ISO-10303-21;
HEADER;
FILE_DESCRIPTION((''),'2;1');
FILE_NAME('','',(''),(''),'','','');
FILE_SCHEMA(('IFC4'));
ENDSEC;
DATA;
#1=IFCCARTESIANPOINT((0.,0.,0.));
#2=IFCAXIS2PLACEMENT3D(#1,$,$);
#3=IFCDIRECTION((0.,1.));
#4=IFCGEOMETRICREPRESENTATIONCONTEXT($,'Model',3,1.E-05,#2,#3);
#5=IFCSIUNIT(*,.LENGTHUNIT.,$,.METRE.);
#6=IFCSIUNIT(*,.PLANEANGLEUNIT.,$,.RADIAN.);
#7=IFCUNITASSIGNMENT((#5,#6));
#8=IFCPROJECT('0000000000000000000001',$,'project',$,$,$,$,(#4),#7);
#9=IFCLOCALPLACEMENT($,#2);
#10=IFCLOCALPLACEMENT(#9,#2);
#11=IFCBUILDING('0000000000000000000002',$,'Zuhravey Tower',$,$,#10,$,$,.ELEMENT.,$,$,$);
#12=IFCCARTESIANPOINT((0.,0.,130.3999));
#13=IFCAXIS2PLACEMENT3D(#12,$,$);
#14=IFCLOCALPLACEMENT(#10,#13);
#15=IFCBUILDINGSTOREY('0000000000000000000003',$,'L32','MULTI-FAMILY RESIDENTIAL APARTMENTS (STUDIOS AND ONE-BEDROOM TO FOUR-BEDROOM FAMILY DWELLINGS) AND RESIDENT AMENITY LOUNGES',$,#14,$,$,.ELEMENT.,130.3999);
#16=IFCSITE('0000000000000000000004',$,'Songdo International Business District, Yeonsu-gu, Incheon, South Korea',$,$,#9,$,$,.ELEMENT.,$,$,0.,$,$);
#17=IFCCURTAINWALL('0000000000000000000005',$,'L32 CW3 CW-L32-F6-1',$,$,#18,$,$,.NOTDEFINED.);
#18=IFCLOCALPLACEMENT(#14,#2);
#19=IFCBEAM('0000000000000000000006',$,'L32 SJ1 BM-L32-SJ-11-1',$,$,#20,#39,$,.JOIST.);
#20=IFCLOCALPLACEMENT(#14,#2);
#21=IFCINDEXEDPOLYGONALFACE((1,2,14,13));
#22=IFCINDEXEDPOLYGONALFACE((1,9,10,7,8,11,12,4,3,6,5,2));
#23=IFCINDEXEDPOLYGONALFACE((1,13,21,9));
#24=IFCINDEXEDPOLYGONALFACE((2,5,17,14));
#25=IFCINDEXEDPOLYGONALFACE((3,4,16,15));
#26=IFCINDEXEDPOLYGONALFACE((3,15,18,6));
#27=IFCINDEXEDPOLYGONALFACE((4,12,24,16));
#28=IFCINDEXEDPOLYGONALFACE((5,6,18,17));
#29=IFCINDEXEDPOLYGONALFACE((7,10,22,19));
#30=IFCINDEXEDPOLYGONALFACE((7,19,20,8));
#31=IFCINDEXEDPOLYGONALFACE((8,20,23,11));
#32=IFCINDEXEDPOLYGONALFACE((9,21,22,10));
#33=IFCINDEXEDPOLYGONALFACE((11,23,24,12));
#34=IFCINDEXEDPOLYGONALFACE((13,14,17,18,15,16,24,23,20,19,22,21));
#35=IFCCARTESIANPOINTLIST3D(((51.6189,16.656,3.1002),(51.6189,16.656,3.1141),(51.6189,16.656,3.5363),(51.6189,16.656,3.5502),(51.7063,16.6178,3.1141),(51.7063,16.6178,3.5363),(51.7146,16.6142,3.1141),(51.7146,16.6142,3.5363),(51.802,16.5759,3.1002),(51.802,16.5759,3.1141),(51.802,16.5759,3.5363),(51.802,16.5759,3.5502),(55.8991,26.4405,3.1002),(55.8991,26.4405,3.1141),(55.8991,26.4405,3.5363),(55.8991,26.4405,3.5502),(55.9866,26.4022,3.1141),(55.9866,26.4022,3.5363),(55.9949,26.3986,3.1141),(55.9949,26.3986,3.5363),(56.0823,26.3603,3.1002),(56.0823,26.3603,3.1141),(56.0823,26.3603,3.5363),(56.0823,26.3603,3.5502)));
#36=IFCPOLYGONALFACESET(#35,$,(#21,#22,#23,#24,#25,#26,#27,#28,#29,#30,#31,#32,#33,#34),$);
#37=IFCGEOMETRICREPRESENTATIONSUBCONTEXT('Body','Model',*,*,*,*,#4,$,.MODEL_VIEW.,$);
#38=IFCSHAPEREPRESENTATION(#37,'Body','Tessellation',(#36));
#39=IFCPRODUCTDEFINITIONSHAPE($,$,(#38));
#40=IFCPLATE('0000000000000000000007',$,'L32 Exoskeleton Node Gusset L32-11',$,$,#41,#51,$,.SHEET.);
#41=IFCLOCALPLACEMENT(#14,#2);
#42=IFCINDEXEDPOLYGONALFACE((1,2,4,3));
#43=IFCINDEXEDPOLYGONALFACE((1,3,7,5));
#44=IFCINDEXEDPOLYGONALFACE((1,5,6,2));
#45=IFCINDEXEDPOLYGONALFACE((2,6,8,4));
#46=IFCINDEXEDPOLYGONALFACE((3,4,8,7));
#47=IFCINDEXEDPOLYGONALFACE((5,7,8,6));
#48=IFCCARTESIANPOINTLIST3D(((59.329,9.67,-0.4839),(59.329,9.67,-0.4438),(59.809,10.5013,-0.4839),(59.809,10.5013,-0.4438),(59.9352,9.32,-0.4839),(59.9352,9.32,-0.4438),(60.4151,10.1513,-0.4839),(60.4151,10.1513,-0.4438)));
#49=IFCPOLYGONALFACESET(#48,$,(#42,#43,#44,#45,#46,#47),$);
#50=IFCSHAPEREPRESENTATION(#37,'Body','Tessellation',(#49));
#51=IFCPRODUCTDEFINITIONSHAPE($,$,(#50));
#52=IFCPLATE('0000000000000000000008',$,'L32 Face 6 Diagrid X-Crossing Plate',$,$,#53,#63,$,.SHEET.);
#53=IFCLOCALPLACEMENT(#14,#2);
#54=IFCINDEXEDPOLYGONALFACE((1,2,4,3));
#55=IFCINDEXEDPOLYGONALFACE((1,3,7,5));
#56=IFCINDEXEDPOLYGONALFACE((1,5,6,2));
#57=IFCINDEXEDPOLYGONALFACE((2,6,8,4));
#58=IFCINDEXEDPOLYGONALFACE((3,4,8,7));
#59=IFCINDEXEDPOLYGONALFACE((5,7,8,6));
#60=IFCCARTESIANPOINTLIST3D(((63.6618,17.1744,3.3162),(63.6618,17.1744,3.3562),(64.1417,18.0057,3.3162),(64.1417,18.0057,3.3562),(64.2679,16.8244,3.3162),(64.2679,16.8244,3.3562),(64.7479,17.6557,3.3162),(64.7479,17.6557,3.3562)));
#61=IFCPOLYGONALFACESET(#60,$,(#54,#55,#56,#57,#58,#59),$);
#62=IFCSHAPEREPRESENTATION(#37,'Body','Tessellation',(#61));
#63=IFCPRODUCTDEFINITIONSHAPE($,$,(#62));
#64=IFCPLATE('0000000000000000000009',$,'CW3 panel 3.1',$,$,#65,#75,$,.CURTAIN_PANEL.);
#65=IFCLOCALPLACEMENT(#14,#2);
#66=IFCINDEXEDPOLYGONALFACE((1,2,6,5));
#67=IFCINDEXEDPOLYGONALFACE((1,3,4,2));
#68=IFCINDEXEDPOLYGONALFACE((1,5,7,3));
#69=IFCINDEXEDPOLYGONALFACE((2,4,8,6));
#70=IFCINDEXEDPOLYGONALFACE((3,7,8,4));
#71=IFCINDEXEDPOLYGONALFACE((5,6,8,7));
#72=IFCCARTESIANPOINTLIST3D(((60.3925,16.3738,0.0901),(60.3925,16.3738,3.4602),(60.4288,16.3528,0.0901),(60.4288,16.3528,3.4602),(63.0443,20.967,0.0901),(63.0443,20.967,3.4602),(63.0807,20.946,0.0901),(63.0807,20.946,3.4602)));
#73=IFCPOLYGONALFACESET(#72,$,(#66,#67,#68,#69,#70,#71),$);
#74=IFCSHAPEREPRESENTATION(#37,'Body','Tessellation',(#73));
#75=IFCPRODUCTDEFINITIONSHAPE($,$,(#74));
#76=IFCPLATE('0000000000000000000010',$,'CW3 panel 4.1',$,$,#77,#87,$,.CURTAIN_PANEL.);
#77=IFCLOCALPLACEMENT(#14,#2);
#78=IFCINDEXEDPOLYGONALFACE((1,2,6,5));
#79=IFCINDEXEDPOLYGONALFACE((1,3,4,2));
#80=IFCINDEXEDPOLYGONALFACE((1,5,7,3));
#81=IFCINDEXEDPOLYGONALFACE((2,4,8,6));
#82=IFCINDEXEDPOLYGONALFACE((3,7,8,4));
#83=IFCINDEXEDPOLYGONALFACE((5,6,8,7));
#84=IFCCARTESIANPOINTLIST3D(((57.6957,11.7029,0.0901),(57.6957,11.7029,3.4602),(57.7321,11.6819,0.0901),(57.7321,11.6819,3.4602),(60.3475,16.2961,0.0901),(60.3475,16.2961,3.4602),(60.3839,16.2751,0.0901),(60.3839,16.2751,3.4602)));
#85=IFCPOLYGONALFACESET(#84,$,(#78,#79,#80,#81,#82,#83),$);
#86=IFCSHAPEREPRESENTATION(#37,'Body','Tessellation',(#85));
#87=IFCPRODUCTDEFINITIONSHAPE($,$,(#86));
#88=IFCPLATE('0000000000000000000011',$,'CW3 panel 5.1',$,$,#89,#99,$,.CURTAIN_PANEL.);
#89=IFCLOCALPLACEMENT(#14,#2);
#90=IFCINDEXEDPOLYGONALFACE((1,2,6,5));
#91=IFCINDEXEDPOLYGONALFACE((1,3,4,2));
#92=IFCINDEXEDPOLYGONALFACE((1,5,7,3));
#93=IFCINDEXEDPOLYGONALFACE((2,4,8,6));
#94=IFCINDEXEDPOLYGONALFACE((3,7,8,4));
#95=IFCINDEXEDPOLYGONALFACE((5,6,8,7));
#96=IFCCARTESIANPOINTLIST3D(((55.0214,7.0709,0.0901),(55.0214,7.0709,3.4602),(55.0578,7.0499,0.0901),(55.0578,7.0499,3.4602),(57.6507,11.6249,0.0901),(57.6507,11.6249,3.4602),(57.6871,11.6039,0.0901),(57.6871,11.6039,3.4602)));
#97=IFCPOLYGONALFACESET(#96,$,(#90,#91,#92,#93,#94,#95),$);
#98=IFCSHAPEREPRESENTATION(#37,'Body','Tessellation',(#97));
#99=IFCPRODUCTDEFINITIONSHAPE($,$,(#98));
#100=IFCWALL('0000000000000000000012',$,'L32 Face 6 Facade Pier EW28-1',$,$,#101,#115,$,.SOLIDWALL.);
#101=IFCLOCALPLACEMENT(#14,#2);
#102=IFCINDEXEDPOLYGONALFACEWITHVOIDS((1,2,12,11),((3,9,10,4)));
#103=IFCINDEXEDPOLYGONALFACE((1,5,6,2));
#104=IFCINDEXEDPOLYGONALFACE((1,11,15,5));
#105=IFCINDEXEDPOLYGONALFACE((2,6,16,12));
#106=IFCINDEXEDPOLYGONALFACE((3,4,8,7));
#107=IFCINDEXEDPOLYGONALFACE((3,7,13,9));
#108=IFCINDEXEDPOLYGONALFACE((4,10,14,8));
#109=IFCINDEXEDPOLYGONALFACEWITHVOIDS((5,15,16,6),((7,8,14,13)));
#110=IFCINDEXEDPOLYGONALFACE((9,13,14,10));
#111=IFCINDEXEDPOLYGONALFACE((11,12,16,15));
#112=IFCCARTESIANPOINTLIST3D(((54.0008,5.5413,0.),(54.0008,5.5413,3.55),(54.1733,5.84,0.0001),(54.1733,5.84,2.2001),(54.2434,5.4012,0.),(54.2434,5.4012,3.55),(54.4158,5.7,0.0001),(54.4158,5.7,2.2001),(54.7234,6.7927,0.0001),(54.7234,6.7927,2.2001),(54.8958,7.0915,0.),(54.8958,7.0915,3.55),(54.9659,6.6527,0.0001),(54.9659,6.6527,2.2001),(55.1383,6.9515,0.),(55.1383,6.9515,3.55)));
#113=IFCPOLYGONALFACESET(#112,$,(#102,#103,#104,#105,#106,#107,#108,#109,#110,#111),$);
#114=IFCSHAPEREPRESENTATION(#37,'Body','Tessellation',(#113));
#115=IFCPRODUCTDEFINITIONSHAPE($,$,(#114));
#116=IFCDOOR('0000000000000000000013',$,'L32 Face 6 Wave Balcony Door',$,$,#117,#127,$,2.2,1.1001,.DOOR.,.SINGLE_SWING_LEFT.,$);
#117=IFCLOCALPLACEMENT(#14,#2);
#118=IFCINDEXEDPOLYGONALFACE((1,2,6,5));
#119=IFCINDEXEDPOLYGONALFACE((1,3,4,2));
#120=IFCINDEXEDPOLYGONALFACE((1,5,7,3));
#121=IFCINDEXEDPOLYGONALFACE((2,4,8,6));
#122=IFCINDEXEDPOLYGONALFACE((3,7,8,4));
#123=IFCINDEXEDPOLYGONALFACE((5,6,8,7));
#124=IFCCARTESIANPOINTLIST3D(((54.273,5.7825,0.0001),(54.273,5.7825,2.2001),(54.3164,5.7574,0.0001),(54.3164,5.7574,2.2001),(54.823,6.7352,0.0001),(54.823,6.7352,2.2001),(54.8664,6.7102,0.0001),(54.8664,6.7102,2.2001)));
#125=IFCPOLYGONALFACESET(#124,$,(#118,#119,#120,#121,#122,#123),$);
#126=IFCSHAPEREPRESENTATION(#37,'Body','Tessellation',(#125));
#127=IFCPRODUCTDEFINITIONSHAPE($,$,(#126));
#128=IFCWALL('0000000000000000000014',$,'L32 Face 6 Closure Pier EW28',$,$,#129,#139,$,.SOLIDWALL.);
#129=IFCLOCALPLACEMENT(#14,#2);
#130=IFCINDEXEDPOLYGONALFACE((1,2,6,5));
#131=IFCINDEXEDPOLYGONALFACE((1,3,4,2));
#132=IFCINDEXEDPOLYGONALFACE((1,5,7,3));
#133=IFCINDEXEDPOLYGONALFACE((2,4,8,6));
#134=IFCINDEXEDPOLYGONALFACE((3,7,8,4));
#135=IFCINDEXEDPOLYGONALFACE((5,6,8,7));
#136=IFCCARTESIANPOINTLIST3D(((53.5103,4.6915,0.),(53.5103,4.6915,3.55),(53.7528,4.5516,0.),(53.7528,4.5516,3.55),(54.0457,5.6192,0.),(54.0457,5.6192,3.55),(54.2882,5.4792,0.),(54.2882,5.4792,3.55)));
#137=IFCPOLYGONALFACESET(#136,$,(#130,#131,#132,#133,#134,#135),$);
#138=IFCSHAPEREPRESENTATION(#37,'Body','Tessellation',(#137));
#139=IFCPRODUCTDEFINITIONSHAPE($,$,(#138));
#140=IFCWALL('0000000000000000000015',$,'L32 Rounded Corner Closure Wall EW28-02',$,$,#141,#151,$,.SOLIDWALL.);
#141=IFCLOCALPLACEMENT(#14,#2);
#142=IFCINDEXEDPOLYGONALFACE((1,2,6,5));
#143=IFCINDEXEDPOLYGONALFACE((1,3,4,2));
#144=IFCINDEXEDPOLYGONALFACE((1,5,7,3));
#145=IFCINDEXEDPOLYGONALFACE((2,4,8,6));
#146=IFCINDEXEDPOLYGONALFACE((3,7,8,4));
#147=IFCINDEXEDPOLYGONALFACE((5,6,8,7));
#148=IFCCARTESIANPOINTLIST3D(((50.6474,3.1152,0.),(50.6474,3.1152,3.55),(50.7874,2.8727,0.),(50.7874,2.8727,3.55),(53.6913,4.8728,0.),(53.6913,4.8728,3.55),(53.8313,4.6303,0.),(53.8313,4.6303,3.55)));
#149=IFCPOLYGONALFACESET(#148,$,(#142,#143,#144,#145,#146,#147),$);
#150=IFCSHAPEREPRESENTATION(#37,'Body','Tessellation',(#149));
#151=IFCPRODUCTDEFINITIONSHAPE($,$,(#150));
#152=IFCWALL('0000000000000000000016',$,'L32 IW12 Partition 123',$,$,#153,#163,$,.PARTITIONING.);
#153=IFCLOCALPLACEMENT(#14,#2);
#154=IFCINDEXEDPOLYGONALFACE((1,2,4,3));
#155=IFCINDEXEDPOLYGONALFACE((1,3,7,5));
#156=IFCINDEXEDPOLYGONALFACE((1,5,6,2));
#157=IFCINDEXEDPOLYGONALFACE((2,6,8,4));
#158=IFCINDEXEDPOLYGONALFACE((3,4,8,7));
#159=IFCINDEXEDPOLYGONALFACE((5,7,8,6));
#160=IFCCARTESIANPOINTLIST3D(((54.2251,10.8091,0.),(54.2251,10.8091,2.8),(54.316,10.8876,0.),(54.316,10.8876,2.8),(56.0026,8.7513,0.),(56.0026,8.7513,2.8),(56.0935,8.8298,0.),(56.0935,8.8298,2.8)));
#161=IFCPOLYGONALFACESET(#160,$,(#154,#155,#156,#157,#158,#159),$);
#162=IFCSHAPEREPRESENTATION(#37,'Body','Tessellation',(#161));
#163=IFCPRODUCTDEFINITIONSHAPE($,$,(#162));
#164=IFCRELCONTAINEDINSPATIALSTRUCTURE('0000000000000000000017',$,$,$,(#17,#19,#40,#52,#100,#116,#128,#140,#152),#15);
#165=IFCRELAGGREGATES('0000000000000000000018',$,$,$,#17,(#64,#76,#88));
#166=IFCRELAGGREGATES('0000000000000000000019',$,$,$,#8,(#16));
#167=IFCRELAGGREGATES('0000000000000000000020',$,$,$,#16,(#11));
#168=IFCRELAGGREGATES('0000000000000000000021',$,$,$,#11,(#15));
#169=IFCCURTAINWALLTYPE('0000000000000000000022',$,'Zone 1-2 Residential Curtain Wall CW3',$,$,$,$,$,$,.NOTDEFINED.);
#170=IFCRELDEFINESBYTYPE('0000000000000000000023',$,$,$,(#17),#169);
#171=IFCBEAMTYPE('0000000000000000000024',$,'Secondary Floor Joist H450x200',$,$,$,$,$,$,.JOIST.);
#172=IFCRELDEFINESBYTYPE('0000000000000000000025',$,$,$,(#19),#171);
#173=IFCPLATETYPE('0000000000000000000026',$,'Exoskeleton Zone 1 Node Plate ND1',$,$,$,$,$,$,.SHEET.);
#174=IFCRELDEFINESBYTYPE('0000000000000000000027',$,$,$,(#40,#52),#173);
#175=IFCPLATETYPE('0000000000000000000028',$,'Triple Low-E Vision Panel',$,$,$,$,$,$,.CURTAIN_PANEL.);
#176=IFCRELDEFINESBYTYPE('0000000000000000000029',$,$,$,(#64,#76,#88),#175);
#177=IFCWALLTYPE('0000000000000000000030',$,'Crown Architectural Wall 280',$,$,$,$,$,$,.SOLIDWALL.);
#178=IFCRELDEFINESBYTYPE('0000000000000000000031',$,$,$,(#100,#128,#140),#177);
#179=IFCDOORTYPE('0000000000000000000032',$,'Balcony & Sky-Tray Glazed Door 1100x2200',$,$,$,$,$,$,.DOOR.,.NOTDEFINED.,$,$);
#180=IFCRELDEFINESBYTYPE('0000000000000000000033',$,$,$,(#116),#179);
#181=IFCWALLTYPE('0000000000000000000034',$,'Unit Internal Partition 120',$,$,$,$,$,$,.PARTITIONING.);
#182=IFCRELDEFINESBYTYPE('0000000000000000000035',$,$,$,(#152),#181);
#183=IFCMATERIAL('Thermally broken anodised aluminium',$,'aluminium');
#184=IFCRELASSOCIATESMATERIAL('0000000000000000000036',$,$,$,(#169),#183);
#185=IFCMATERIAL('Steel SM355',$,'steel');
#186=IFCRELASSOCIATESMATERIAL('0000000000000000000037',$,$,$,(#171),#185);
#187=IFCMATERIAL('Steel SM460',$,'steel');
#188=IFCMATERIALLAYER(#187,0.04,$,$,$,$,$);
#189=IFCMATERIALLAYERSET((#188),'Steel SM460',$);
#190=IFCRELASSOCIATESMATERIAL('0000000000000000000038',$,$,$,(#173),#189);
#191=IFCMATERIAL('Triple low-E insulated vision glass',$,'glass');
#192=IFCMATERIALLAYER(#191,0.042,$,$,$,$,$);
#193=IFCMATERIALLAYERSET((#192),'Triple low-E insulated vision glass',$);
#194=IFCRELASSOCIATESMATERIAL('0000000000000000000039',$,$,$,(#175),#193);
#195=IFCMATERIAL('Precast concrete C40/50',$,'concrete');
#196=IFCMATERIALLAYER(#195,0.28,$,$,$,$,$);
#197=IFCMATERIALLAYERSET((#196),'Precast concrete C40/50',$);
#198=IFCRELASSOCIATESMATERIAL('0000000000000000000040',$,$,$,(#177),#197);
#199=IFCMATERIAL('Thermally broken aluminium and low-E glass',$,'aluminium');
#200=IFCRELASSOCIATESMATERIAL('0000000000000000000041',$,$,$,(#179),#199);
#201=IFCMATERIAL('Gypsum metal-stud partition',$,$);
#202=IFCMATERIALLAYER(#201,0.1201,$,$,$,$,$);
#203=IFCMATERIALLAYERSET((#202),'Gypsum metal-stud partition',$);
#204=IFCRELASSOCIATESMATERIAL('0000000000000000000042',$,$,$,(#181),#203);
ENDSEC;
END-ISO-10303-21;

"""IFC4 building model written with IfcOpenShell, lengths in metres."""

from ifc_helpers import new_model, si_unit, direction, frame, frame_2d, origin, origin_2d, place, context, subcontext, project, spatial, rectangle, i_section, extrude, material, layer, layer_set, material_profile, profile_set, type_object, element, fill, aggregate, save


model = new_model("IFC4")

# Units and contexts
model_context = context("Model", 3, precision=1e-05, world=origin(), true_north=direction((0.0, 1.0)))
body_context = subcontext(model_context, "Body", "Model", "MODEL_VIEW")
ifc_project = project(units=[si_unit("LENGTHUNIT", "METRE"), si_unit("PLANEANGLEUNIT", "RADIAN")], contexts=[model_context])

# Site, building, storey
site_placement = place(None, origin())
site = spatial("IfcSite", under=ifc_project, at=site_placement, Name="Songdo International Business District, Yeonsu-gu, Incheon, South Korea", CompositionType="ELEMENT", RefElevation=0.0)
building_placement = place(site_placement, origin())
building = spatial("IfcBuilding", under=site, at=building_placement, Name="Zuhravey Tower", CompositionType="ELEMENT")
storey_placement = place(building_placement, frame((0.0, 0.0, 130.3999)))
storey = spatial("IfcBuildingStorey", under=building, at=storey_placement, Name="L32", Description="MULTI-FAMILY RESIDENTIAL APARTMENTS (STUDIOS AND ONE-BEDROOM TO FOUR-BEDROOM FAMILY DWELLINGS) AND RESIDENT AMENITY LOUNGES", CompositionType="ELEMENT", Elevation=130.3999)

# Curtain wall
ifc_material_1 = material(Name="Thermally broken anodised aluminium", Category="aluminium")
curtain_wall_type = type_object("IfcCurtainWallType", Name="Zone 1-2 Residential Curtain Wall CW3", PredefinedType="NOTDEFINED", material=ifc_material_1)
curtain_wall_1_placement = place(storey_placement, origin())
curtain_wall_1 = element("IfcCurtainWall", 1, at=curtain_wall_1_placement, inside=storey, type_object=curtain_wall_type, Name="L32 CW3 CW-L32-F6-1", PredefinedType="NOTDEFINED")

# Shared definitions
ifc_material_2 = material(Name="Steel SM355", Category="steel")
ifc_material_3 = material(Name="Steel SM460", Category="steel")

# Beam
ifc_material_profile_1 = material_profile(ifc_material_2, i_section(OverallWidth=0.2, OverallDepth=0.45, WebThickness=0.009, FlangeThickness=0.0139, at=origin_2d()), Name="H-450x200x9x14")
ifc_profile_set_1 = profile_set([ifc_material_profile_1], Name="Steel SM355")
beam_type_1 = type_object("IfcBeamType", Name="Secondary Floor Joist H450x200", PredefinedType="JOIST", material=ifc_profile_set_1)
beam_1_placement = place(storey_placement, frame((51.7104, 16.616, 3.3252), z_axis=(0.400786, 0.916172, 0.0), x_axis=(-0.916172, 0.400786, 0.0)))
element("IfcBeam", 2, at=beam_1_placement, inside=storey, type_object=beam_type_1, Name="L32 SJ1 BM-L32-SJ-11-1", PredefinedType="JOIST", context=body_context, shape_type="SweptSolid", body=[
    extrude(i_section(OverallWidth=0.2, OverallDepth=0.45, WebThickness=0.009, FlangeThickness=0.0139, at=origin_2d()), origin(), (0.0, 0.0, 1.0), 10.6797),
])

# Plates
ifc_layer_1 = layer(ifc_material_3, 0.04)
ifc_layer_set_1 = layer_set([ifc_layer_1], Name="Steel SM460")
plate_type_1 = type_object("IfcPlateType", Name="Exoskeleton Zone 1 Node Plate ND1", PredefinedType="SHEET", material=ifc_layer_set_1)
for number, where, z_axis, x_axis, name in (
    (3, (59.8721, 9.9106, -0.4839), (0.0, 0.0, 1.0), (0.5, 0.866025, 0.0), "L32 Exoskeleton Node Gusset L32-11"),
    (4, (64.2048, 17.415, 3.3162), (0.0, 0.0, 1.0), (0.5, 0.866025, 0.0), "L32 Face 6 Diagrid X-Crossing Plate"),
):
    element("IfcPlate", number, at=place(storey_placement, frame(where, z_axis=z_axis, x_axis=x_axis)), inside=storey, type_object=plate_type_1, Name=name, PredefinedType="SHEET", context=body_context, shape_type="SweptSolid", body=[
        extrude(rectangle(XDim=0.96, YDim=0.7, at=origin_2d()), origin(), (0.0, 0.0, 1.0), 0.04),
    ])

# Plates
ifc_material_4 = material(Name="Triple low-E insulated vision glass", Category="glass")
ifc_layer_2 = layer(ifc_material_4, 0.042)
ifc_layer_set_2 = layer_set([ifc_layer_2], Name="Triple low-E insulated vision glass")
plate_type_2 = type_object("IfcPlateType", Name="Triple Low-E Vision Panel", PredefinedType="CURTAIN_PANEL", material=ifc_layer_set_2)
plate_1_placement = place(storey_placement, frame((61.7366, 18.6599, 0.0901), z_axis=(0.0, 0.0, 1.0), x_axis=(-0.5, -0.866026, 0.0)))
plate_1 = element("IfcPlate", 5, at=plate_1_placement, type_object=plate_type_2, Name="CW3 panel 3.1", PredefinedType="CURTAIN_PANEL", context=body_context, shape_type="SweptSolid", body=[
    extrude(rectangle(XDim=5.3037, YDim=0.042, at=origin_2d()), origin(), (0.0, 0.0, 1.0), 3.3701),
])
plate_2_placement = place(storey_placement, frame((59.0398, 13.989, 0.0901), z_axis=(0.0, 0.0, 1.0), x_axis=(-0.5, -0.866026, 0.0)))
plate_2 = element("IfcPlate", 6, at=plate_2_placement, type_object=plate_type_2, Name="CW3 panel 4.1", PredefinedType="CURTAIN_PANEL", context=body_context, shape_type="SweptSolid", body=[
    extrude(rectangle(XDim=5.3037, YDim=0.042, at=origin_2d()), origin(), (0.0, 0.0, 1.0), 3.3701),
])
plate_3_placement = place(storey_placement, frame((56.3542, 9.3374, 0.0901), z_axis=(0.0, 0.0, 1.0), x_axis=(-0.5, -0.866026, 0.0)))
plate_3 = element("IfcPlate", 7, at=plate_3_placement, type_object=plate_type_2, Name="CW3 panel 5.1", PredefinedType="CURTAIN_PANEL", context=body_context, shape_type="SweptSolid", body=[
    extrude(rectangle(XDim=5.2585, YDim=0.042, at=origin_2d()), origin(), (0.0, 0.0, 1.0), 3.3701),
])
aggregate(curtain_wall_1, [plate_1, plate_2, plate_3])

# Wall, opening, door
ifc_material_5 = material(Name="Precast concrete C40/50", Category="concrete")
ifc_layer_3 = layer(ifc_material_5, 0.28)
ifc_layer_set_3 = layer_set([ifc_layer_3], Name="Precast concrete C40/50")
wall_type_1 = type_object("IfcWallType", Name="Crown Architectural Wall 280", PredefinedType="SOLIDWALL", material=ifc_layer_set_3)
wall_1_placement = place(storey_placement, frame((55.0171, 7.0215, 0.0), z_axis=(0.0, 0.0, 1.0), x_axis=(-0.499982, -0.866036, 0.0)))
wall_1 = element("IfcWall", 8, at=wall_1_placement, inside=storey, type_object=wall_type_1, Name="L32 Face 6 Facade Pier EW28-1", PredefinedType="SOLIDWALL", context=body_context, shape_type="SweptSolid", body=[
    extrude(rectangle(XDim=1.79, YDim=0.28, at=frame_2d((0.895, 0.0))), origin(), (0.0, 0.0, 1.0), 3.55),
])
opening_placement = place(wall_1_placement, frame((0.345, 0.0, 0.0)))
opening = element("IfcOpeningElement", 9, at=opening_placement, cuts=wall_1, PredefinedType="OPENING", context=body_context, shape_type="SweptSolid", body=[
    extrude(rectangle(XDim=1.1001, YDim=2.2, at=frame_2d((0.55, 1.1001))), frame((0.0, 0.1521, 0.0), z_axis=(0.0, -1.0, 0.0), x_axis=(1.0, 0.0, 0.0)), (0.0, 0.0, 1.0), 0.304),
])
ifc_material_6 = material(Name="Thermally broken aluminium and low-E glass", Category="aluminium")
door_type = type_object("IfcDoorType", Name="Balcony & Sky-Tray Glazed Door 1100x2200", OperationType="NOTDEFINED", PredefinedType="DOOR", material=ifc_material_6)
door_placement = place(opening_placement, frame((1.1001, 0.0, 0.0), z_axis=(0.0, 0.0, 1.0), x_axis=(-1.0, 0.0, 0.0)))
door = element("IfcDoor", 10, at=door_placement, inside=storey, type_object=door_type, Name="L32 Face 6 Wave Balcony Door", OperationType="SINGLE_SWING_LEFT", OverallHeight=2.2, OverallWidth=1.1001, PredefinedType="DOOR", context=body_context, shape_type="SweptSolid", body=[
    extrude(rectangle(XDim=1.1001, YDim=2.2, at=frame_2d((0.55, 1.1001))), frame((0.0, 0.0249, 0.0), z_axis=(0.0, -1.0, 0.0), x_axis=(1.0, 0.0, 0.0)), (0.0, 0.0, 1.0), 0.05),
])
fill(opening, door)

# Walls
wall_2_placement = place(storey_placement, frame((54.167, 5.5493, 0.0), z_axis=(0.0, 0.0, 1.0), x_axis=(-0.499841, -0.866117, 0.0)))
element("IfcWall", 11, at=wall_2_placement, inside=storey, type_object=wall_type_1, Name="L32 Face 6 Closure Pier EW28", PredefinedType="SOLIDWALL", context=body_context, shape_type="SweptSolid", body=[
    extrude(rectangle(XDim=1.071, YDim=0.28, at=frame_2d((0.5356, 0.0))), origin(), (0.0, 0.0, 1.0), 3.55),
])
wall_3_placement = place(storey_placement, frame((53.7612, 4.7515, 0.0), z_axis=(0.0, 0.0, 1.0), x_axis=(-0.866007, -0.500031, 0.0)))
element("IfcWall", 12, at=wall_3_placement, inside=storey, type_object=wall_type_1, Name="L32 Rounded Corner Closure Wall EW28-02", PredefinedType="SOLIDWALL", context=body_context, shape_type="SweptSolid", body=[
    extrude(rectangle(XDim=3.5149, YDim=0.28, at=frame_2d((1.7573, 0.0))), origin(), (0.0, 0.0, 1.0), 3.55),
])
ifc_material_7 = material(Name="Gypsum metal-stud partition")
ifc_layer_4 = layer(ifc_material_7, 0.1201)
ifc_layer_set_4 = layer_set([ifc_layer_4], Name="Gypsum metal-stud partition")
wall_type_2 = type_object("IfcWallType", Name="Unit Internal Partition 120", PredefinedType="PARTITIONING", material=ifc_layer_set_4)
wall_4_placement = place(storey_placement, frame((54.2705, 10.8484, 0.0), z_axis=(0.0, 0.0, 1.0), x_axis=(0.653692, -0.75676, 0.0)))
element("IfcWall", 13, at=wall_4_placement, inside=storey, type_object=wall_type_2, Name="L32 IW12 Partition 123", PredefinedType="PARTITIONING", context=body_context, shape_type="SweptSolid", body=[
    extrude(rectangle(XDim=2.7192, YDim=0.1201, at=frame_2d((1.3596, 0.0))), origin(), (0.0, 0.0, 1.0), 2.8),
])

save(model, "model.ifc")
